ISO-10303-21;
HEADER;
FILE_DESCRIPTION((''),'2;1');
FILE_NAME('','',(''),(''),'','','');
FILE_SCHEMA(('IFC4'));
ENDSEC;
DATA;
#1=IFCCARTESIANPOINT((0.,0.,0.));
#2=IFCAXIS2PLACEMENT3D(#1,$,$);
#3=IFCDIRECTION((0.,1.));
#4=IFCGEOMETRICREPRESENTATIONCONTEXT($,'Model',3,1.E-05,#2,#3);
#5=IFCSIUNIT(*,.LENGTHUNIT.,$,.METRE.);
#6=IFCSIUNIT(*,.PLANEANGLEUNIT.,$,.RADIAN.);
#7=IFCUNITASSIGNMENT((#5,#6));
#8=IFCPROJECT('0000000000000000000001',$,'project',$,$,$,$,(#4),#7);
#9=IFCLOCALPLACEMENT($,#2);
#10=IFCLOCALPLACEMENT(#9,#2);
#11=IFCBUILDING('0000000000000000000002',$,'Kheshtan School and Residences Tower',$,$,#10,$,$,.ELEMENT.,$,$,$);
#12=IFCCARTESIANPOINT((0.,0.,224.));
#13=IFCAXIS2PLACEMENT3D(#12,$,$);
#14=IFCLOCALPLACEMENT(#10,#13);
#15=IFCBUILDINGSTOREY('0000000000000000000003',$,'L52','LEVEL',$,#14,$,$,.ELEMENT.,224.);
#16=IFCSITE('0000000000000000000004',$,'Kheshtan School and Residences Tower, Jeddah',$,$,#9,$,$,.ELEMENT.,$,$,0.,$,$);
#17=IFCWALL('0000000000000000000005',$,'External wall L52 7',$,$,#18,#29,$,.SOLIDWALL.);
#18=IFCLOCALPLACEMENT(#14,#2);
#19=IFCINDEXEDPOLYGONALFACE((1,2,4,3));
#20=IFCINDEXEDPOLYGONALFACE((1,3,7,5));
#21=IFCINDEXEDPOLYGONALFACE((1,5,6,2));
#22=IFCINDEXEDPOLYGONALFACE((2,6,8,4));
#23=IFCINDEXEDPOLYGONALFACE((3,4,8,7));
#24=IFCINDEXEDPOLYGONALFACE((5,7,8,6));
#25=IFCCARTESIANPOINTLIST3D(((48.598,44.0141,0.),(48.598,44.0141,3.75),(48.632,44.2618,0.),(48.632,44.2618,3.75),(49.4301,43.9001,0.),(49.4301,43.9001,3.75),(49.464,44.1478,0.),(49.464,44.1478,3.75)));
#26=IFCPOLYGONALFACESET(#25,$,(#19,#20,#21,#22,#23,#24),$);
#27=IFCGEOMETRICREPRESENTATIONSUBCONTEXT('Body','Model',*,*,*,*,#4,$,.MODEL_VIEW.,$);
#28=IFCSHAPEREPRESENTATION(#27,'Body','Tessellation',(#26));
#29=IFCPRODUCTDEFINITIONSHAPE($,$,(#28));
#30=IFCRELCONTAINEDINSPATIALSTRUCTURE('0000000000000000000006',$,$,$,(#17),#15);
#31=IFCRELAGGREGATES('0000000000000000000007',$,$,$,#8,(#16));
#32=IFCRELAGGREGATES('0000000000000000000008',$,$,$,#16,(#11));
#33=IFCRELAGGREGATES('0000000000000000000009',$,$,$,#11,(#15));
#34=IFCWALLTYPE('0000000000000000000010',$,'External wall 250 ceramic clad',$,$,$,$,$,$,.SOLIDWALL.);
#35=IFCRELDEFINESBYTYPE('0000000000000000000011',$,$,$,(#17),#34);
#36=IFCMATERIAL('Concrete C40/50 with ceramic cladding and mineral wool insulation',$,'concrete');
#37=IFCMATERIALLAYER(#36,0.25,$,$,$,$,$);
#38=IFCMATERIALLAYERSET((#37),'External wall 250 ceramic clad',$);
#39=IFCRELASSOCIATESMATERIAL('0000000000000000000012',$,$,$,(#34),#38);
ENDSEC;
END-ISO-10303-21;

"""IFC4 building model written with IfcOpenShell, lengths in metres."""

from ifc_helpers import new_model, si_unit, direction, frame, frame_2d, origin, place, context, subcontext, project, spatial, rectangle, extrude, material, layer, layer_set, type_object, element, save


model = new_model("IFC4")

# Units and contexts
model_context = context("Model", 3, precision=1e-05, world=origin(), true_north=direction((0.0, 1.0)))
body_context = subcontext(model_context, "Body", "Model", "MODEL_VIEW")
ifc_project = project(units=[si_unit("LENGTHUNIT", "METRE"), si_unit("PLANEANGLEUNIT", "RADIAN")], contexts=[model_context])

# Site, building, storey
site_placement = place(None, origin())
site = spatial("IfcSite", under=ifc_project, at=site_placement, Name="Kheshtan School and Residences Tower, Jeddah", CompositionType="ELEMENT", RefElevation=0.0)
building_placement = place(site_placement, origin())
building = spatial("IfcBuilding", under=site, at=building_placement, Name="Kheshtan School and Residences Tower", CompositionType="ELEMENT")
storey_placement = place(building_placement, frame((0.0, 0.0, 224.0)))
storey = spatial("IfcBuildingStorey", under=building, at=storey_placement, Name="L52", Description="LEVEL", CompositionType="ELEMENT", Elevation=224.0)

# Shared definitions
ifc_material_1 = material(Name="Concrete C40/50 with ceramic cladding and mineral wool insulation", Category="concrete")
ifc_layer_1 = layer(ifc_material_1, 0.25)
ifc_layer_set_1 = layer_set([ifc_layer_1], Name="External wall 250 ceramic clad")
wall_type = type_object("IfcWallType", Name="External wall 250 ceramic clad", PredefinedType="SOLIDWALL", material=ifc_layer_set_1)

# Wall
wall_1_placement = place(storey_placement, frame((48.615, 44.1379, 0.0), z_axis=(0.0, 0.0, 1.0), x_axis=(0.990742, -0.135762, 0.0)))
element("IfcWall", 1, at=wall_1_placement, inside=storey, type_object=wall_type, Name="External wall L52 7", PredefinedType="SOLIDWALL", context=body_context, shape_type="SweptSolid", body=[
    extrude(rectangle(XDim=0.8398, YDim=0.25, at=frame_2d((0.4199, 0.0))), origin(), (0.0, 0.0, 1.0), 3.75),
])

save(model, "model.ifc")
